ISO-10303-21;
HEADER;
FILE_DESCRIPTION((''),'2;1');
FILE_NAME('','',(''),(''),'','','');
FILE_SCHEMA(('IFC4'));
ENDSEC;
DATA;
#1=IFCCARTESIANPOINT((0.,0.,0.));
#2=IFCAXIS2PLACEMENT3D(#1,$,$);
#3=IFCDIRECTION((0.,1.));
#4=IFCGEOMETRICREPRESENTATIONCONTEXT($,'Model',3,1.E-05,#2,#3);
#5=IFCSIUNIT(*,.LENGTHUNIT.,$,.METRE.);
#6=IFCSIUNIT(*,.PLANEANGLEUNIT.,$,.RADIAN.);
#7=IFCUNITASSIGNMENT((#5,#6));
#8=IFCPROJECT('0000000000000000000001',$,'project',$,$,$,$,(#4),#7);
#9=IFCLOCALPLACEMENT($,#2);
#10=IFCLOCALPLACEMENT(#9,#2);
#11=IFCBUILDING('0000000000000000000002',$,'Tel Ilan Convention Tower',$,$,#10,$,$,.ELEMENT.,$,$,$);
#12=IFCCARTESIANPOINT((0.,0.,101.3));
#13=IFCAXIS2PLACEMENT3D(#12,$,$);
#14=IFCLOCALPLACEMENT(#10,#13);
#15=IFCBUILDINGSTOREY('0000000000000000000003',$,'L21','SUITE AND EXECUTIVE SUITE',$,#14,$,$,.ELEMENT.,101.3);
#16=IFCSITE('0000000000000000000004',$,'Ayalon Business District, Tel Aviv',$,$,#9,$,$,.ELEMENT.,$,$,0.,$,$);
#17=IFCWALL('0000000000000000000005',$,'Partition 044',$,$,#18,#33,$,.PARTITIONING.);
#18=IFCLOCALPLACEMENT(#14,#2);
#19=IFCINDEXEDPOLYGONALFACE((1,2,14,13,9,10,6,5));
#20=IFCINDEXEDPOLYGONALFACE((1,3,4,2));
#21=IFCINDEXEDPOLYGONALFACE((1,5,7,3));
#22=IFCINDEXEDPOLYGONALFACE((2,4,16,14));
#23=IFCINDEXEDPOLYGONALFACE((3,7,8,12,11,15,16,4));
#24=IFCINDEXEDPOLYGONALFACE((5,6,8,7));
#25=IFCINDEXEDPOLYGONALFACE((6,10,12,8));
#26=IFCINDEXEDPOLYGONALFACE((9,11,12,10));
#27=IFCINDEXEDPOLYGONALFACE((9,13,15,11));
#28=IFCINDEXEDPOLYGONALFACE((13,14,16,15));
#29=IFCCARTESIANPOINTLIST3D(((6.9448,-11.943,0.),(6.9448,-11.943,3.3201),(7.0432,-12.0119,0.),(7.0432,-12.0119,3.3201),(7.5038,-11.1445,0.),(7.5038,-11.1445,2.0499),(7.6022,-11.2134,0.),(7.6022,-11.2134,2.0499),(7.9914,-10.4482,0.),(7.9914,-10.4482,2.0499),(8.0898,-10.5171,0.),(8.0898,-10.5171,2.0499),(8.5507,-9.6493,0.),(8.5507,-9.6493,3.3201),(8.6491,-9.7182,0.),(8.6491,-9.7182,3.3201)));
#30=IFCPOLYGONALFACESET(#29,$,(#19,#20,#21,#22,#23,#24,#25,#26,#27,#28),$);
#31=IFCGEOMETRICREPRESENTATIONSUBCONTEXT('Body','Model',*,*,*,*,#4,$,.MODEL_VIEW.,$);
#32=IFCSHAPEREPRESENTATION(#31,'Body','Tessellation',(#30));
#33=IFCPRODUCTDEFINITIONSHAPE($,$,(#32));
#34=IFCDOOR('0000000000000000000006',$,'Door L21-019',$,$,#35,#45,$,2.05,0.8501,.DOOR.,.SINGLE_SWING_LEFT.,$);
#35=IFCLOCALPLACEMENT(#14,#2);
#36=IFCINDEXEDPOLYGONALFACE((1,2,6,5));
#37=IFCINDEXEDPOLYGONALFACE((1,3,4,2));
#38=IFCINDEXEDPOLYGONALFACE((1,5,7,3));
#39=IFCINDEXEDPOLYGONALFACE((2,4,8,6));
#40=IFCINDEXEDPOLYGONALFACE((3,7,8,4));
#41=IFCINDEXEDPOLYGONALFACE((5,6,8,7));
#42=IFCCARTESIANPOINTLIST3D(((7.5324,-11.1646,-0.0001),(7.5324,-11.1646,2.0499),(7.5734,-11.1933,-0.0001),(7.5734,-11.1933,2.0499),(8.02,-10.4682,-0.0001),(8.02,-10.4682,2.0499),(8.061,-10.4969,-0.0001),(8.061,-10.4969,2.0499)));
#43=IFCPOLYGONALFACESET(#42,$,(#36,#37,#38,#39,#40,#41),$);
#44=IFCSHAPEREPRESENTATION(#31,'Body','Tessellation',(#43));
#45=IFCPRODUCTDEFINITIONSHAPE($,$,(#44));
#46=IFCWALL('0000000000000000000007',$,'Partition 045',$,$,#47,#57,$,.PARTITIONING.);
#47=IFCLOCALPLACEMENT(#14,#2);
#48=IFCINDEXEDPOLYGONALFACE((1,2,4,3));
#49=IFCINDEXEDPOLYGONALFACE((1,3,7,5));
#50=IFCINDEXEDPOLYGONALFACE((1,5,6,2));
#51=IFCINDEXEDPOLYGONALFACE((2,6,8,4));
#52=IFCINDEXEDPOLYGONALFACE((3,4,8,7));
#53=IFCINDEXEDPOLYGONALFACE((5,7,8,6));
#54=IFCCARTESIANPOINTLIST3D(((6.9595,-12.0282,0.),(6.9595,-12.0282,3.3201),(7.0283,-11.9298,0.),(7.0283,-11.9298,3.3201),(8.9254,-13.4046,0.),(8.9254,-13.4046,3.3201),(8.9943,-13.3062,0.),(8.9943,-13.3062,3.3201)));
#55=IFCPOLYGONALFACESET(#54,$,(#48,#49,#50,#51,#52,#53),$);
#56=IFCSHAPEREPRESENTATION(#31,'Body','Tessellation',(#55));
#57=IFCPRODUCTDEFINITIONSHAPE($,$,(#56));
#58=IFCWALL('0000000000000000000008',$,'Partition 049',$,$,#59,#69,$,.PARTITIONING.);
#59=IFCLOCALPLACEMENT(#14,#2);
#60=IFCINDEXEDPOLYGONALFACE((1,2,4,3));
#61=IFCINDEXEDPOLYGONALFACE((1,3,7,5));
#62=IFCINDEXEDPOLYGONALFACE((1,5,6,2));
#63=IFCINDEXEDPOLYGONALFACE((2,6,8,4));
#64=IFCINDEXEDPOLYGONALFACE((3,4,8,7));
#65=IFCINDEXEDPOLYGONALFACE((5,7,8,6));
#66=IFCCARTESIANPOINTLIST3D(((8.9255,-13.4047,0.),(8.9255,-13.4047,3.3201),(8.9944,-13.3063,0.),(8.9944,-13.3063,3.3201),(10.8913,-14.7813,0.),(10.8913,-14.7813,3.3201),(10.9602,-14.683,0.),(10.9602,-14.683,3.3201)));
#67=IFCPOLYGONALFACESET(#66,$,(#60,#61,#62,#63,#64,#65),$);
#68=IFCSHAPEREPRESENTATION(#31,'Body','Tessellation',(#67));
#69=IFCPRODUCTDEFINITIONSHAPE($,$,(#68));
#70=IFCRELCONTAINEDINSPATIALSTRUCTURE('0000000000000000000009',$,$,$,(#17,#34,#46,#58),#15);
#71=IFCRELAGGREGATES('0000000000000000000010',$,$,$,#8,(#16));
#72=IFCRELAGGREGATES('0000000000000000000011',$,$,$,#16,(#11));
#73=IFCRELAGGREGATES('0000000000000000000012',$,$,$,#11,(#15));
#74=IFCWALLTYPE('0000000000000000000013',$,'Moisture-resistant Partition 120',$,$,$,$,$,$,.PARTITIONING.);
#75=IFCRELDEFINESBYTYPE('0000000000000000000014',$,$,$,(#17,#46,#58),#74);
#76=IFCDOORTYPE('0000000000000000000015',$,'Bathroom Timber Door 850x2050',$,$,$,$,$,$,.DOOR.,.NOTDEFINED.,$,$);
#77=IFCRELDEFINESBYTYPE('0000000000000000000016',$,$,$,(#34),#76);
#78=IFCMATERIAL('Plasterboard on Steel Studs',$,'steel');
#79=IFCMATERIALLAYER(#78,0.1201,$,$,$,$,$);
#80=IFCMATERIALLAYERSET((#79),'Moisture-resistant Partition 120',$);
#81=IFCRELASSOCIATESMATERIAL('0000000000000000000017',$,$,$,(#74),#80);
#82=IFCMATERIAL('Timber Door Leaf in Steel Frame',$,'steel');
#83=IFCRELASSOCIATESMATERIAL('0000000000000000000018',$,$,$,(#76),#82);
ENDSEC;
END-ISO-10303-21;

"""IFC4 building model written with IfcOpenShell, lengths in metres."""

from ifc_helpers import new_model, si_unit, direction, frame, frame_2d, origin, place, context, subcontext, project, spatial, rectangle, extrude, material, layer, layer_set, type_object, element, fill, save


model = new_model("IFC4")

# Units and contexts
model_context = context("Model", 3, precision=1e-05, world=origin(), true_north=direction((0.0, 1.0)))
body_context = subcontext(model_context, "Body", "Model", "MODEL_VIEW")
ifc_project = project(units=[si_unit("LENGTHUNIT", "METRE"), si_unit("PLANEANGLEUNIT", "RADIAN")], contexts=[model_context])

# Site, building, storey
site_placement = place(None, origin())
site = spatial("IfcSite", under=ifc_project, at=site_placement, Name="Ayalon Business District, Tel Aviv", CompositionType="ELEMENT", RefElevation=0.0)
building_placement = place(site_placement, origin())
building = spatial("IfcBuilding", under=site, at=building_placement, Name="Tel Ilan Convention Tower", CompositionType="ELEMENT")
storey_placement = place(building_placement, frame((0.0, 0.0, 101.3)))
storey = spatial("IfcBuildingStorey", under=building, at=storey_placement, Name="L21", Description="SUITE AND EXECUTIVE SUITE", CompositionType="ELEMENT", Elevation=101.3)

# Wall, opening, door
ifc_material_1 = material(Name="Plasterboard on Steel Studs", Category="steel")
ifc_layer_1 = layer(ifc_material_1, 0.1201)
ifc_layer_set_1 = layer_set([ifc_layer_1], Name="Moisture-resistant Partition 120")
wall_type_1 = type_object("IfcWallType", Name="Moisture-resistant Partition 120", PredefinedType="PARTITIONING", material=ifc_layer_set_1)
wall_1_placement = place(storey_placement, frame((8.5999, -9.6838, 0.0), z_axis=(0.0, 0.0, 1.0), x_axis=(-0.57355, -0.81917, 0.0)))
wall_1 = element("IfcWall", 1, at=wall_1_placement, inside=storey, type_object=wall_type_1, Name="Partition 044", PredefinedType="PARTITIONING", context=body_context, shape_type="SweptSolid", body=[
    extrude(rectangle(XDim=2.8, YDim=0.1201, at=frame_2d((1.3999, 0.0))), origin(), (0.0, 0.0, 1.0), 3.3201),
])
opening_1_placement = place(wall_1_placement, frame((0.9751, 0.0, 0.0)))
opening_1 = element("IfcOpeningElement", 2, at=opening_1_placement, cuts=wall_1, PredefinedType="OPENING", context=body_context, shape_type="SweptSolid", body=[
    extrude(rectangle(XDim=0.8501, YDim=2.05, at=frame_2d((0.425, 1.0249))), frame((0.0, 0.0701, 0.0), z_axis=(0.0, -1.0, 0.0), x_axis=(1.0, 0.0, 0.0)), (0.0, 0.0, 1.0), 0.1401),
])
ifc_material_2 = material(Name="Timber Door Leaf in Steel Frame", Category="steel")
door_type_1 = type_object("IfcDoorType", Name="Bathroom Timber Door 850x2050", OperationType="NOTDEFINED", PredefinedType="DOOR", material=ifc_material_2)
door_1_placement = place(opening_1_placement, origin())
door_1 = element("IfcDoor", 3, at=door_1_placement, inside=storey, type_object=door_type_1, Name="Door L21-019", OperationType="SINGLE_SWING_LEFT", OverallHeight=2.05, OverallWidth=0.8501, PredefinedType="DOOR", context=body_context, shape_type="SweptSolid", body=[
    extrude(rectangle(XDim=0.8501, YDim=2.05, at=frame_2d((0.425, 1.0249))), frame((0.0, 0.0249, 0.0), z_axis=(0.0, -1.0, 0.0), x_axis=(1.0, 0.0, 0.0)), (0.0, 0.0, 1.0), 0.05),
])
fill(opening_1, door_1)

# Walls
for number, where, z_axis, x_axis, name in (
    (4, (6.9939, -11.979, 0.0), (0.0, 0.0, 1.0), (0.819189, -0.573524, 0.0), "Partition 045"),
    (5, (8.96, -13.3555, 0.0), (0.0, 0.0, 1.0), (0.819108, -0.57364, 0.0), "Partition 049"),
):
    element("IfcWall", number, at=place(storey_placement, frame(where, z_axis=z_axis, x_axis=x_axis)), inside=storey, type_object=wall_type_1, Name=name, PredefinedType="PARTITIONING", context=body_context, shape_type="SweptSolid", body=[
        extrude(rectangle(XDim=2.3999, YDim=0.1201, at=frame_2d((1.2, 0.0))), origin(), (0.0, 0.0, 1.0), 3.3201),
    ])

save(model, "model.ifc")
